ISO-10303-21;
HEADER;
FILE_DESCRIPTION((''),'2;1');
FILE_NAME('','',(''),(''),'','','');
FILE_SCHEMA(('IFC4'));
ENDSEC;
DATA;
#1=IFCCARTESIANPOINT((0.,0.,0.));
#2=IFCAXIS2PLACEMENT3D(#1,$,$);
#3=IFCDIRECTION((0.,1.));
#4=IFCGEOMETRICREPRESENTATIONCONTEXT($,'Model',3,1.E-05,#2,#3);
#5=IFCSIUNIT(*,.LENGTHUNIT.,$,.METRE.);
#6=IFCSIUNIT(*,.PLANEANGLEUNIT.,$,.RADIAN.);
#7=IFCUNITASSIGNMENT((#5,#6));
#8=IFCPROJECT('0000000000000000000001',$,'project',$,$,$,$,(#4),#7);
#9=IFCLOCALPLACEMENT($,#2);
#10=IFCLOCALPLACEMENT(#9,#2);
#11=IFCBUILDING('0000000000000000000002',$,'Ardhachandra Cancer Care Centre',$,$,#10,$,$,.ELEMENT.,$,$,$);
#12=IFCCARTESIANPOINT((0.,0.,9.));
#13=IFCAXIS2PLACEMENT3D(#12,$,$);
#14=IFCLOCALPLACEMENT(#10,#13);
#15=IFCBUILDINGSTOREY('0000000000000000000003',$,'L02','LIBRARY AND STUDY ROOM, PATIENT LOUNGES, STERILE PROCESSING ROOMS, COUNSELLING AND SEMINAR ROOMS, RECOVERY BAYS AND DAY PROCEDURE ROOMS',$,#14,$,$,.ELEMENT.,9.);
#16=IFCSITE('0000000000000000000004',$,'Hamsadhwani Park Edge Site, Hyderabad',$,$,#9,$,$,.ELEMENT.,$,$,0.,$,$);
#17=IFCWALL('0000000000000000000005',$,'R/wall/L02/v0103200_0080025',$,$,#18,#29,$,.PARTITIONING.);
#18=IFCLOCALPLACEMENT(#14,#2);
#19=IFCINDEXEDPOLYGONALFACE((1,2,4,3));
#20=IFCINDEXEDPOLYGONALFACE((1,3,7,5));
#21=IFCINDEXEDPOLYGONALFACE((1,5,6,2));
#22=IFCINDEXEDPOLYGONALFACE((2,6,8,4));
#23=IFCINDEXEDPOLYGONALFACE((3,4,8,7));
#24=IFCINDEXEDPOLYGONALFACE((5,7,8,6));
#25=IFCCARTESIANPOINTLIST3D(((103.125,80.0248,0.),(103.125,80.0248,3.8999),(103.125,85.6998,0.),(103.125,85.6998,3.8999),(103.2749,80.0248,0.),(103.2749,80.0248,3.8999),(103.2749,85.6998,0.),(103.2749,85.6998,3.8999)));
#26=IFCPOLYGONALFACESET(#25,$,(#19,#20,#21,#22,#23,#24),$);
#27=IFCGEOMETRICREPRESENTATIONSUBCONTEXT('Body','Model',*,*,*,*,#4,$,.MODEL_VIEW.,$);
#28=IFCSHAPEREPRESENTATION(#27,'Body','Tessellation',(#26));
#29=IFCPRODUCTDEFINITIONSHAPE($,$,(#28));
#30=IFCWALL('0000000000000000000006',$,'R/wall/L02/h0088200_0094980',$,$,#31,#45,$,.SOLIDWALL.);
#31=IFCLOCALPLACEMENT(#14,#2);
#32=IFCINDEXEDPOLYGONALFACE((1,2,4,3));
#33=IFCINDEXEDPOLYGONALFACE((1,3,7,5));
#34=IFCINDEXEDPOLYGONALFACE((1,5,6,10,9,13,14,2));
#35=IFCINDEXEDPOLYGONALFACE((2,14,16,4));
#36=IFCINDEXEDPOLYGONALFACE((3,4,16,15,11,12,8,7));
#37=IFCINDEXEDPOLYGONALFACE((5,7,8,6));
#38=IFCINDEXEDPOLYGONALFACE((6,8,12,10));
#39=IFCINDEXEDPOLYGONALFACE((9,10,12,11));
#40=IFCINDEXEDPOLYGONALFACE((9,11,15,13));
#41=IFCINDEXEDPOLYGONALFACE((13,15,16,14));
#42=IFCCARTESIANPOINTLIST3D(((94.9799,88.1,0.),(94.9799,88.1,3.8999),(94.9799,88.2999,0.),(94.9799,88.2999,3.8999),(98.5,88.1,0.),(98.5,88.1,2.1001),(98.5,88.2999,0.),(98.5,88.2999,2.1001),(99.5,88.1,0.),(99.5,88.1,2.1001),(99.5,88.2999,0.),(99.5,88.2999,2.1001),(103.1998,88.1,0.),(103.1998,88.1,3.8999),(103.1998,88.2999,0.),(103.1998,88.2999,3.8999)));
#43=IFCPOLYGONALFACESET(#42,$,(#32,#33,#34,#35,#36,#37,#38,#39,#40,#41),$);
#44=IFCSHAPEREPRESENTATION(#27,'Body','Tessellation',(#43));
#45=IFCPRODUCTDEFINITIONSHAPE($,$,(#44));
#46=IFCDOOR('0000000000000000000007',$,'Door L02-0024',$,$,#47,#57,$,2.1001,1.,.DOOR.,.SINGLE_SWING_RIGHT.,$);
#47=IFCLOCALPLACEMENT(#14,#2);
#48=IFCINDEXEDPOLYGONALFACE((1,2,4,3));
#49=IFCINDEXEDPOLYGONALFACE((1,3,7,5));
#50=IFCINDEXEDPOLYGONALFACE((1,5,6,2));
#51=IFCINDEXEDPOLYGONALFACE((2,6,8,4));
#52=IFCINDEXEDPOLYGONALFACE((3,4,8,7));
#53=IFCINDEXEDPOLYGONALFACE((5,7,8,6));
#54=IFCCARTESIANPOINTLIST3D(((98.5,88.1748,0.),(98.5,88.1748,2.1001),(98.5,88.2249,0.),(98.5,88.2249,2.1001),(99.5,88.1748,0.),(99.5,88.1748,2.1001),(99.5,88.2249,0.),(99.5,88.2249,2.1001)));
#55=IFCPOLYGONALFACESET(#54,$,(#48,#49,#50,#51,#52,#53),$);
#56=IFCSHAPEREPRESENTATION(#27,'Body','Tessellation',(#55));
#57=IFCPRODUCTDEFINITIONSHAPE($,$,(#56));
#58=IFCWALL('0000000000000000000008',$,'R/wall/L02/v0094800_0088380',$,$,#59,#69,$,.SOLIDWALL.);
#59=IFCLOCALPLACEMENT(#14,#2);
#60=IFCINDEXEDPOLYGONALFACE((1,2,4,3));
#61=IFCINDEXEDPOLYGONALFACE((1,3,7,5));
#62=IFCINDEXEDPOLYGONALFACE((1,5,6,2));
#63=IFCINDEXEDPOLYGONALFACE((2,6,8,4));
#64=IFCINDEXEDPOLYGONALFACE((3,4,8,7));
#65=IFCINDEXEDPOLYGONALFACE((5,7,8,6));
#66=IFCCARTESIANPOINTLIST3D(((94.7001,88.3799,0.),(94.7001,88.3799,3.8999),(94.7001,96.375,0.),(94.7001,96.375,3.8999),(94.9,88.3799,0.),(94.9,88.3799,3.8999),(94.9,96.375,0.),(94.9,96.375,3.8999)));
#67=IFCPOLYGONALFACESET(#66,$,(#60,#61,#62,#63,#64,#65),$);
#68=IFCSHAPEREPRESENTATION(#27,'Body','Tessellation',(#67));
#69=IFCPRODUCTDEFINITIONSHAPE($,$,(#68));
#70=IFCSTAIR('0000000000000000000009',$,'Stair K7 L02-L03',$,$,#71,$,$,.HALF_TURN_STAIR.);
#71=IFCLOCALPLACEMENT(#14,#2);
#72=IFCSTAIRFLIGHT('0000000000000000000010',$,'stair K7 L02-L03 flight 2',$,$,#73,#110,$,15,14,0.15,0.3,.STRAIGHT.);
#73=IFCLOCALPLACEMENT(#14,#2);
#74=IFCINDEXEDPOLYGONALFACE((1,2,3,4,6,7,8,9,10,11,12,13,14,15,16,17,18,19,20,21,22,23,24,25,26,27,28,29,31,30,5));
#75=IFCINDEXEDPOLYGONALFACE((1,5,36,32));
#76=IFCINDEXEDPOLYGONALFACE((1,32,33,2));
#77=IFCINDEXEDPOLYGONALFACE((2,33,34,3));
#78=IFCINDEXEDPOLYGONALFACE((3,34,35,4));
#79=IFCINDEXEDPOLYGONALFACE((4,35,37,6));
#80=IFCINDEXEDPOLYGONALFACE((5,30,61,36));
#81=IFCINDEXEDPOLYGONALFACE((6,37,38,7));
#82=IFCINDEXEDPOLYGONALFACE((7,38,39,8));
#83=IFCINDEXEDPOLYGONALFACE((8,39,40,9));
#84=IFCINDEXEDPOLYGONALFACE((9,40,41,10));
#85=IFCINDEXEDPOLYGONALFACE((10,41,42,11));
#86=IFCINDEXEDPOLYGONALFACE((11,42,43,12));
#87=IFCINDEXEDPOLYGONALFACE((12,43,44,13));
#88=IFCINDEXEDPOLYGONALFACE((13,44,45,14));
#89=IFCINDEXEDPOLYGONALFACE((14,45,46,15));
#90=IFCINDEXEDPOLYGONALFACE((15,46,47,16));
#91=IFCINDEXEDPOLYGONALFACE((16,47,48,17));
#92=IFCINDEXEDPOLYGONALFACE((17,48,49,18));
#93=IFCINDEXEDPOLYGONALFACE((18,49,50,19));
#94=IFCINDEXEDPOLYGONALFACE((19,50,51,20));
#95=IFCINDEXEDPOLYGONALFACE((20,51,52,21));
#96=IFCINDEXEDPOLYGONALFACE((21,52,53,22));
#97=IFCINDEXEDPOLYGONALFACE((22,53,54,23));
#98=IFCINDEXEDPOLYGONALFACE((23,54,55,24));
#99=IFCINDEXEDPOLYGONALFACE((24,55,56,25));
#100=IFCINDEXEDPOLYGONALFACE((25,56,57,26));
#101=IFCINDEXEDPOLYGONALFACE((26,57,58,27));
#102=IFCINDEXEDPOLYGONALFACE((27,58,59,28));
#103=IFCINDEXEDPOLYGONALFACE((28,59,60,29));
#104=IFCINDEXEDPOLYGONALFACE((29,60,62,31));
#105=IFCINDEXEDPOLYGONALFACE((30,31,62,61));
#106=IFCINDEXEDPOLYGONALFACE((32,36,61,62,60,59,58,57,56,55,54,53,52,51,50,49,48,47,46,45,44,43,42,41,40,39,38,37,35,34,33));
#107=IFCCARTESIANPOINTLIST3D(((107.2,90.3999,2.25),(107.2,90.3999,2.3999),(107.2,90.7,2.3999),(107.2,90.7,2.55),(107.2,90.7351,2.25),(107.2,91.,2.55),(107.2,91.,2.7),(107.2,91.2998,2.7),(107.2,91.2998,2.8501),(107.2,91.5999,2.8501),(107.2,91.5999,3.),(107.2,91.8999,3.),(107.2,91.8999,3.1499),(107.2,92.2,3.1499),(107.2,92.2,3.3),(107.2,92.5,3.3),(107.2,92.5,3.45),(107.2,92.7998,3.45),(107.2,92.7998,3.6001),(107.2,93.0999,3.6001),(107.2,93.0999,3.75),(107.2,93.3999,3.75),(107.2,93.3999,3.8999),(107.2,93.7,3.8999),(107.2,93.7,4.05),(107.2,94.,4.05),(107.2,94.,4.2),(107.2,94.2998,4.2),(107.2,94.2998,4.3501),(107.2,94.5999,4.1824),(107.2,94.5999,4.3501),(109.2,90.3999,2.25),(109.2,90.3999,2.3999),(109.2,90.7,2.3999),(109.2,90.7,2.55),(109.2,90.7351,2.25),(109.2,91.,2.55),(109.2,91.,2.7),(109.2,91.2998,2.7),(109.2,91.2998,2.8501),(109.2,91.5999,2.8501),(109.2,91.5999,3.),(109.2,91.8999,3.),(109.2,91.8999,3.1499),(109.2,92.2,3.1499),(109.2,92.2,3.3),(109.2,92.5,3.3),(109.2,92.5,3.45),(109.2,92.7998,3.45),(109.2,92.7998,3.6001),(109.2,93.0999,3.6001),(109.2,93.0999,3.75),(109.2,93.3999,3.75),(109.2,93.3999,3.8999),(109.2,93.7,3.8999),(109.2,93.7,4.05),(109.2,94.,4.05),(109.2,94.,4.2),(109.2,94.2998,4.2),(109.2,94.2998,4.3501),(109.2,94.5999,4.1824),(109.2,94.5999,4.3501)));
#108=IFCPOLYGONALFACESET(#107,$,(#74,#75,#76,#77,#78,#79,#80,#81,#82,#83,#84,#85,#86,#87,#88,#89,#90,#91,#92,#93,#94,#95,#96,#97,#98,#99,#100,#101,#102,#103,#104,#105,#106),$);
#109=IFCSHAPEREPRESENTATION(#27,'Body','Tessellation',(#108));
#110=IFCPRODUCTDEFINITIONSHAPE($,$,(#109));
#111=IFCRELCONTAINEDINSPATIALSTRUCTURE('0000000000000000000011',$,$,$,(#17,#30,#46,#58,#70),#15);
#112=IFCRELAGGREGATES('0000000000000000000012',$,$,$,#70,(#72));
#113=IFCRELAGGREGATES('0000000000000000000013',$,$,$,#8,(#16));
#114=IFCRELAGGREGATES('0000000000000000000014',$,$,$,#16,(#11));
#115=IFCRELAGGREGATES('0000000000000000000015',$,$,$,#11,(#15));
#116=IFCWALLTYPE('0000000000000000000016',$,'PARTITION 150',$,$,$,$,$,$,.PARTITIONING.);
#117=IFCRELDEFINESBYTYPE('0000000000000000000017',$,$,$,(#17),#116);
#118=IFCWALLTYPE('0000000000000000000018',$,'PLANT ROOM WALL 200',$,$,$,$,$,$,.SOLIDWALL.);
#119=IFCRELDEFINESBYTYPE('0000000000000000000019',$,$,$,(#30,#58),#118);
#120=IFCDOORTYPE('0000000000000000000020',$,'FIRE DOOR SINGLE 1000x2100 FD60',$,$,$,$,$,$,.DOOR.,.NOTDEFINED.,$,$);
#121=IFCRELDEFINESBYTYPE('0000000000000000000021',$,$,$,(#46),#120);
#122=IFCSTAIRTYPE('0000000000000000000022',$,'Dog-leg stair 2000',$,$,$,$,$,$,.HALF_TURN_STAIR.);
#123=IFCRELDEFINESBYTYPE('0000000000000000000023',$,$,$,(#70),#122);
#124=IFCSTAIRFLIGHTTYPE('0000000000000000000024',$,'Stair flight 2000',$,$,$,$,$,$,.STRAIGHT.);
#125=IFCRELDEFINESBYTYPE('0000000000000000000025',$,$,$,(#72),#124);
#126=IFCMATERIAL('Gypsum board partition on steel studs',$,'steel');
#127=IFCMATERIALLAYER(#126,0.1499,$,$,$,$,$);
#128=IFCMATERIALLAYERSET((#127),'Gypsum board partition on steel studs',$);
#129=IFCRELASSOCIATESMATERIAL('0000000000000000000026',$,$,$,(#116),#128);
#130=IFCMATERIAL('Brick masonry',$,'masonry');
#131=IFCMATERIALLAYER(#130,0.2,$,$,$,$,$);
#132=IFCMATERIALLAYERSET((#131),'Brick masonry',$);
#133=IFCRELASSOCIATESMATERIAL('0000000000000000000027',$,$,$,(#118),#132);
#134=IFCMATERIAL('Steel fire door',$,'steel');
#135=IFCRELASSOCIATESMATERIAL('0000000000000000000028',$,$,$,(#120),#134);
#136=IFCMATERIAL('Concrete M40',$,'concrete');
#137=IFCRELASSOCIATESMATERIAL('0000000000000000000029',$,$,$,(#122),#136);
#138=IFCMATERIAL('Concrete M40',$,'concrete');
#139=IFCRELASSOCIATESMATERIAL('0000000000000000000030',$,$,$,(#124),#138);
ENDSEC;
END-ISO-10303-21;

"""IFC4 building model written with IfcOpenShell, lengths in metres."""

from ifc_helpers import new_model, si_unit, direction, frame, frame_2d, origin, place, context, subcontext, project, spatial, polyline, rectangle, outline, extrude, material, layer, layer_set, type_object, element, fill, aggregate, save


model = new_model("IFC4")

# Units and contexts
model_context = context("Model", 3, precision=1e-05, world=origin(), true_north=direction((0.0, 1.0)))
body_context = subcontext(model_context, "Body", "Model", "MODEL_VIEW")
ifc_project = project(units=[si_unit("LENGTHUNIT", "METRE"), si_unit("PLANEANGLEUNIT", "RADIAN")], contexts=[model_context])

# Site, building, storey
site_placement = place(None, origin())
site = spatial("IfcSite", under=ifc_project, at=site_placement, Name="Hamsadhwani Park Edge Site, Hyderabad", CompositionType="ELEMENT", RefElevation=0.0)
building_placement = place(site_placement, origin())
building = spatial("IfcBuilding", under=site, at=building_placement, Name="Ardhachandra Cancer Care Centre", CompositionType="ELEMENT")
storey_placement = place(building_placement, frame((0.0, 0.0, 9.0)))
storey = spatial("IfcBuildingStorey", under=building, at=storey_placement, Name="L02", Description="LIBRARY AND STUDY ROOM, PATIENT LOUNGES, STERILE PROCESSING ROOMS, COUNSELLING AND SEMINAR ROOMS, RECOVERY BAYS AND DAY PROCEDURE ROOMS", CompositionType="ELEMENT", Elevation=9.0)

# Wall
ifc_material_1 = material(Name="Gypsum board partition on steel studs", Category="steel")
ifc_layer_1 = layer(ifc_material_1, 0.1499)
ifc_layer_set_1 = layer_set([ifc_layer_1], Name="Gypsum board partition on steel studs")
wall_type_1 = type_object("IfcWallType", Name="PARTITION 150", PredefinedType="PARTITIONING", material=ifc_layer_set_1)
wall_1_placement = place(storey_placement, frame((103.2, 80.0249, 0.0), z_axis=(0.0, 0.0, 1.0), x_axis=(0.0, 1.0, 0.0)))
element("IfcWall", 1, at=wall_1_placement, inside=storey, type_object=wall_type_1, Name="R/wall/L02/v0103200_0080025", PredefinedType="PARTITIONING", context=body_context, shape_type="SweptSolid", body=[
    extrude(rectangle(XDim=5.675, YDim=0.1499, at=frame_2d((2.8374, 0.0))), origin(), (0.0, 0.0, 1.0), 3.8999),
])

# Wall, opening, door
ifc_material_2 = material(Name="Brick masonry", Category="masonry")
ifc_layer_2 = layer(ifc_material_2, 0.2)
ifc_layer_set_2 = layer_set([ifc_layer_2], Name="Brick masonry")
wall_type_2 = type_object("IfcWallType", Name="PLANT ROOM WALL 200", PredefinedType="SOLIDWALL", material=ifc_layer_set_2)
wall_2_placement = place(storey_placement, frame((94.98, 88.2, 0.0), z_axis=(0.0, 0.0, 1.0), x_axis=(1.0, 0.0, 0.0)))
wall_2 = element("IfcWall", 2, at=wall_2_placement, inside=storey, type_object=wall_type_2, Name="R/wall/L02/h0088200_0094980", PredefinedType="SOLIDWALL", context=body_context, shape_type="SweptSolid", body=[
    extrude(rectangle(XDim=8.22, YDim=0.2, at=frame_2d((4.1099, 0.0))), origin(), (0.0, 0.0, 1.0), 3.8999),
])
opening_1_placement = place(wall_2_placement, frame((3.52, 0.0, 0.0)))
opening_1 = element("IfcOpeningElement", 3, at=opening_1_placement, cuts=wall_2, PredefinedType="OPENING", context=body_context, shape_type="SweptSolid", body=[
    extrude(rectangle(XDim=1.0, YDim=2.1001, at=frame_2d((0.5, 1.05))), frame((0.0, 0.1099, 0.0), z_axis=(0.0, -1.0, 0.0), x_axis=(1.0, 0.0, 0.0)), (0.0, 0.0, 1.0), 0.22),
])
ifc_material_3 = material(Name="Steel fire door", Category="steel")
door_type_1 = type_object("IfcDoorType", Name="FIRE DOOR SINGLE 1000x2100 FD60", OperationType="NOTDEFINED", PredefinedType="DOOR", material=ifc_material_3)
door_1_placement = place(opening_1_placement, origin())
door_1 = element("IfcDoor", 4, at=door_1_placement, inside=storey, type_object=door_type_1, Name="Door L02-0024", OperationType="SINGLE_SWING_RIGHT", OverallHeight=2.1001, OverallWidth=1.0, PredefinedType="DOOR", context=body_context, shape_type="SweptSolid", body=[
    extrude(rectangle(XDim=1.0, YDim=2.1001, at=frame_2d((0.5, 1.05))), frame((0.0, 0.0249, 0.0), z_axis=(0.0, -1.0, 0.0), x_axis=(1.0, 0.0, 0.0)), (0.0, 0.0, 1.0), 0.05),
])
fill(opening_1, door_1)

# Wall
wall_3_placement = place(storey_placement, frame((94.8, 88.3799, 0.0), z_axis=(0.0, 0.0, 1.0), x_axis=(0.0, 1.0, 0.0)))
element("IfcWall", 5, at=wall_3_placement, inside=storey, type_object=wall_type_2, Name="R/wall/L02/v0094800_0088380", PredefinedType="SOLIDWALL", context=body_context, shape_type="SweptSolid", body=[
    extrude(rectangle(XDim=7.9951, YDim=0.2, at=frame_2d((3.9976, 0.0))), origin(), (0.0, 0.0, 1.0), 3.8999),
])

# Stair, stair flight
ifc_material_4 = material(Name="Concrete M40", Category="concrete")
stair_type = type_object("IfcStairType", Name="Dog-leg stair 2000", PredefinedType="HALF_TURN_STAIR", material=ifc_material_4)
stair_placement = place(storey_placement, origin())
stair = element("IfcStair", 6, at=stair_placement, inside=storey, type_object=stair_type, Name="Stair K7 L02-L03", PredefinedType="HALF_TURN_STAIR")
ifc_material_5 = material(Name="Concrete M40", Category="concrete")
stair_flight_type = type_object("IfcStairFlightType", Name="Stair flight 2000", PredefinedType="STRAIGHT", material=ifc_material_5)
stair_flight_placement = place(storey_placement, frame((108.2, 90.3999, 2.25), z_axis=(0.0, 0.0, 1.0), x_axis=(0.0, 1.0, 0.0)))
stair_flight = element("IfcStairFlight", 7, at=stair_flight_placement, type_object=stair_flight_type, Name="stair K7 L02-L03 flight 2", NumberOfRisers=15, NumberOfTreads=14, PredefinedType="STRAIGHT", RiserHeight=0.15, TreadLength=0.3, context=body_context, shape_type="SweptSolid", body=[
    extrude(outline(polyline([(0.0, 0.0), (0.0, 0.1499), (0.3, 0.1499), (0.3, 0.3), (0.6001, 0.3), (0.6001, 0.45), (0.8999, 0.45), (0.8999, 0.6001), (1.2, 0.6001), (1.2, 0.75), (1.5, 0.75), (1.5, 0.8999), (1.8, 0.8999), (1.8, 1.05), (2.1001, 1.05), (2.1001, 1.2), (2.3999, 1.2), (2.3999, 1.3501), (2.7, 1.3501), (2.7, 1.5), (3.0, 1.5), (3.0, 1.6499), (3.3, 1.6499), (3.3, 1.8), (3.6001, 1.8), (3.6001, 1.95), (3.8999, 1.95), (3.8999, 2.1001), (4.2, 2.1001), (4.2, 2.25), (4.2, 1.9324), (0.3352, 0.0), (0.0, 0.0)])), frame((0.0, 1.0, 0.0), z_axis=(0.0, -1.0, 0.0), x_axis=(1.0, 0.0, 0.0)), (0.0, 0.0, 1.0), 2.0),
])
aggregate(stair, [stair_flight])

save(model, "model.ifc")
